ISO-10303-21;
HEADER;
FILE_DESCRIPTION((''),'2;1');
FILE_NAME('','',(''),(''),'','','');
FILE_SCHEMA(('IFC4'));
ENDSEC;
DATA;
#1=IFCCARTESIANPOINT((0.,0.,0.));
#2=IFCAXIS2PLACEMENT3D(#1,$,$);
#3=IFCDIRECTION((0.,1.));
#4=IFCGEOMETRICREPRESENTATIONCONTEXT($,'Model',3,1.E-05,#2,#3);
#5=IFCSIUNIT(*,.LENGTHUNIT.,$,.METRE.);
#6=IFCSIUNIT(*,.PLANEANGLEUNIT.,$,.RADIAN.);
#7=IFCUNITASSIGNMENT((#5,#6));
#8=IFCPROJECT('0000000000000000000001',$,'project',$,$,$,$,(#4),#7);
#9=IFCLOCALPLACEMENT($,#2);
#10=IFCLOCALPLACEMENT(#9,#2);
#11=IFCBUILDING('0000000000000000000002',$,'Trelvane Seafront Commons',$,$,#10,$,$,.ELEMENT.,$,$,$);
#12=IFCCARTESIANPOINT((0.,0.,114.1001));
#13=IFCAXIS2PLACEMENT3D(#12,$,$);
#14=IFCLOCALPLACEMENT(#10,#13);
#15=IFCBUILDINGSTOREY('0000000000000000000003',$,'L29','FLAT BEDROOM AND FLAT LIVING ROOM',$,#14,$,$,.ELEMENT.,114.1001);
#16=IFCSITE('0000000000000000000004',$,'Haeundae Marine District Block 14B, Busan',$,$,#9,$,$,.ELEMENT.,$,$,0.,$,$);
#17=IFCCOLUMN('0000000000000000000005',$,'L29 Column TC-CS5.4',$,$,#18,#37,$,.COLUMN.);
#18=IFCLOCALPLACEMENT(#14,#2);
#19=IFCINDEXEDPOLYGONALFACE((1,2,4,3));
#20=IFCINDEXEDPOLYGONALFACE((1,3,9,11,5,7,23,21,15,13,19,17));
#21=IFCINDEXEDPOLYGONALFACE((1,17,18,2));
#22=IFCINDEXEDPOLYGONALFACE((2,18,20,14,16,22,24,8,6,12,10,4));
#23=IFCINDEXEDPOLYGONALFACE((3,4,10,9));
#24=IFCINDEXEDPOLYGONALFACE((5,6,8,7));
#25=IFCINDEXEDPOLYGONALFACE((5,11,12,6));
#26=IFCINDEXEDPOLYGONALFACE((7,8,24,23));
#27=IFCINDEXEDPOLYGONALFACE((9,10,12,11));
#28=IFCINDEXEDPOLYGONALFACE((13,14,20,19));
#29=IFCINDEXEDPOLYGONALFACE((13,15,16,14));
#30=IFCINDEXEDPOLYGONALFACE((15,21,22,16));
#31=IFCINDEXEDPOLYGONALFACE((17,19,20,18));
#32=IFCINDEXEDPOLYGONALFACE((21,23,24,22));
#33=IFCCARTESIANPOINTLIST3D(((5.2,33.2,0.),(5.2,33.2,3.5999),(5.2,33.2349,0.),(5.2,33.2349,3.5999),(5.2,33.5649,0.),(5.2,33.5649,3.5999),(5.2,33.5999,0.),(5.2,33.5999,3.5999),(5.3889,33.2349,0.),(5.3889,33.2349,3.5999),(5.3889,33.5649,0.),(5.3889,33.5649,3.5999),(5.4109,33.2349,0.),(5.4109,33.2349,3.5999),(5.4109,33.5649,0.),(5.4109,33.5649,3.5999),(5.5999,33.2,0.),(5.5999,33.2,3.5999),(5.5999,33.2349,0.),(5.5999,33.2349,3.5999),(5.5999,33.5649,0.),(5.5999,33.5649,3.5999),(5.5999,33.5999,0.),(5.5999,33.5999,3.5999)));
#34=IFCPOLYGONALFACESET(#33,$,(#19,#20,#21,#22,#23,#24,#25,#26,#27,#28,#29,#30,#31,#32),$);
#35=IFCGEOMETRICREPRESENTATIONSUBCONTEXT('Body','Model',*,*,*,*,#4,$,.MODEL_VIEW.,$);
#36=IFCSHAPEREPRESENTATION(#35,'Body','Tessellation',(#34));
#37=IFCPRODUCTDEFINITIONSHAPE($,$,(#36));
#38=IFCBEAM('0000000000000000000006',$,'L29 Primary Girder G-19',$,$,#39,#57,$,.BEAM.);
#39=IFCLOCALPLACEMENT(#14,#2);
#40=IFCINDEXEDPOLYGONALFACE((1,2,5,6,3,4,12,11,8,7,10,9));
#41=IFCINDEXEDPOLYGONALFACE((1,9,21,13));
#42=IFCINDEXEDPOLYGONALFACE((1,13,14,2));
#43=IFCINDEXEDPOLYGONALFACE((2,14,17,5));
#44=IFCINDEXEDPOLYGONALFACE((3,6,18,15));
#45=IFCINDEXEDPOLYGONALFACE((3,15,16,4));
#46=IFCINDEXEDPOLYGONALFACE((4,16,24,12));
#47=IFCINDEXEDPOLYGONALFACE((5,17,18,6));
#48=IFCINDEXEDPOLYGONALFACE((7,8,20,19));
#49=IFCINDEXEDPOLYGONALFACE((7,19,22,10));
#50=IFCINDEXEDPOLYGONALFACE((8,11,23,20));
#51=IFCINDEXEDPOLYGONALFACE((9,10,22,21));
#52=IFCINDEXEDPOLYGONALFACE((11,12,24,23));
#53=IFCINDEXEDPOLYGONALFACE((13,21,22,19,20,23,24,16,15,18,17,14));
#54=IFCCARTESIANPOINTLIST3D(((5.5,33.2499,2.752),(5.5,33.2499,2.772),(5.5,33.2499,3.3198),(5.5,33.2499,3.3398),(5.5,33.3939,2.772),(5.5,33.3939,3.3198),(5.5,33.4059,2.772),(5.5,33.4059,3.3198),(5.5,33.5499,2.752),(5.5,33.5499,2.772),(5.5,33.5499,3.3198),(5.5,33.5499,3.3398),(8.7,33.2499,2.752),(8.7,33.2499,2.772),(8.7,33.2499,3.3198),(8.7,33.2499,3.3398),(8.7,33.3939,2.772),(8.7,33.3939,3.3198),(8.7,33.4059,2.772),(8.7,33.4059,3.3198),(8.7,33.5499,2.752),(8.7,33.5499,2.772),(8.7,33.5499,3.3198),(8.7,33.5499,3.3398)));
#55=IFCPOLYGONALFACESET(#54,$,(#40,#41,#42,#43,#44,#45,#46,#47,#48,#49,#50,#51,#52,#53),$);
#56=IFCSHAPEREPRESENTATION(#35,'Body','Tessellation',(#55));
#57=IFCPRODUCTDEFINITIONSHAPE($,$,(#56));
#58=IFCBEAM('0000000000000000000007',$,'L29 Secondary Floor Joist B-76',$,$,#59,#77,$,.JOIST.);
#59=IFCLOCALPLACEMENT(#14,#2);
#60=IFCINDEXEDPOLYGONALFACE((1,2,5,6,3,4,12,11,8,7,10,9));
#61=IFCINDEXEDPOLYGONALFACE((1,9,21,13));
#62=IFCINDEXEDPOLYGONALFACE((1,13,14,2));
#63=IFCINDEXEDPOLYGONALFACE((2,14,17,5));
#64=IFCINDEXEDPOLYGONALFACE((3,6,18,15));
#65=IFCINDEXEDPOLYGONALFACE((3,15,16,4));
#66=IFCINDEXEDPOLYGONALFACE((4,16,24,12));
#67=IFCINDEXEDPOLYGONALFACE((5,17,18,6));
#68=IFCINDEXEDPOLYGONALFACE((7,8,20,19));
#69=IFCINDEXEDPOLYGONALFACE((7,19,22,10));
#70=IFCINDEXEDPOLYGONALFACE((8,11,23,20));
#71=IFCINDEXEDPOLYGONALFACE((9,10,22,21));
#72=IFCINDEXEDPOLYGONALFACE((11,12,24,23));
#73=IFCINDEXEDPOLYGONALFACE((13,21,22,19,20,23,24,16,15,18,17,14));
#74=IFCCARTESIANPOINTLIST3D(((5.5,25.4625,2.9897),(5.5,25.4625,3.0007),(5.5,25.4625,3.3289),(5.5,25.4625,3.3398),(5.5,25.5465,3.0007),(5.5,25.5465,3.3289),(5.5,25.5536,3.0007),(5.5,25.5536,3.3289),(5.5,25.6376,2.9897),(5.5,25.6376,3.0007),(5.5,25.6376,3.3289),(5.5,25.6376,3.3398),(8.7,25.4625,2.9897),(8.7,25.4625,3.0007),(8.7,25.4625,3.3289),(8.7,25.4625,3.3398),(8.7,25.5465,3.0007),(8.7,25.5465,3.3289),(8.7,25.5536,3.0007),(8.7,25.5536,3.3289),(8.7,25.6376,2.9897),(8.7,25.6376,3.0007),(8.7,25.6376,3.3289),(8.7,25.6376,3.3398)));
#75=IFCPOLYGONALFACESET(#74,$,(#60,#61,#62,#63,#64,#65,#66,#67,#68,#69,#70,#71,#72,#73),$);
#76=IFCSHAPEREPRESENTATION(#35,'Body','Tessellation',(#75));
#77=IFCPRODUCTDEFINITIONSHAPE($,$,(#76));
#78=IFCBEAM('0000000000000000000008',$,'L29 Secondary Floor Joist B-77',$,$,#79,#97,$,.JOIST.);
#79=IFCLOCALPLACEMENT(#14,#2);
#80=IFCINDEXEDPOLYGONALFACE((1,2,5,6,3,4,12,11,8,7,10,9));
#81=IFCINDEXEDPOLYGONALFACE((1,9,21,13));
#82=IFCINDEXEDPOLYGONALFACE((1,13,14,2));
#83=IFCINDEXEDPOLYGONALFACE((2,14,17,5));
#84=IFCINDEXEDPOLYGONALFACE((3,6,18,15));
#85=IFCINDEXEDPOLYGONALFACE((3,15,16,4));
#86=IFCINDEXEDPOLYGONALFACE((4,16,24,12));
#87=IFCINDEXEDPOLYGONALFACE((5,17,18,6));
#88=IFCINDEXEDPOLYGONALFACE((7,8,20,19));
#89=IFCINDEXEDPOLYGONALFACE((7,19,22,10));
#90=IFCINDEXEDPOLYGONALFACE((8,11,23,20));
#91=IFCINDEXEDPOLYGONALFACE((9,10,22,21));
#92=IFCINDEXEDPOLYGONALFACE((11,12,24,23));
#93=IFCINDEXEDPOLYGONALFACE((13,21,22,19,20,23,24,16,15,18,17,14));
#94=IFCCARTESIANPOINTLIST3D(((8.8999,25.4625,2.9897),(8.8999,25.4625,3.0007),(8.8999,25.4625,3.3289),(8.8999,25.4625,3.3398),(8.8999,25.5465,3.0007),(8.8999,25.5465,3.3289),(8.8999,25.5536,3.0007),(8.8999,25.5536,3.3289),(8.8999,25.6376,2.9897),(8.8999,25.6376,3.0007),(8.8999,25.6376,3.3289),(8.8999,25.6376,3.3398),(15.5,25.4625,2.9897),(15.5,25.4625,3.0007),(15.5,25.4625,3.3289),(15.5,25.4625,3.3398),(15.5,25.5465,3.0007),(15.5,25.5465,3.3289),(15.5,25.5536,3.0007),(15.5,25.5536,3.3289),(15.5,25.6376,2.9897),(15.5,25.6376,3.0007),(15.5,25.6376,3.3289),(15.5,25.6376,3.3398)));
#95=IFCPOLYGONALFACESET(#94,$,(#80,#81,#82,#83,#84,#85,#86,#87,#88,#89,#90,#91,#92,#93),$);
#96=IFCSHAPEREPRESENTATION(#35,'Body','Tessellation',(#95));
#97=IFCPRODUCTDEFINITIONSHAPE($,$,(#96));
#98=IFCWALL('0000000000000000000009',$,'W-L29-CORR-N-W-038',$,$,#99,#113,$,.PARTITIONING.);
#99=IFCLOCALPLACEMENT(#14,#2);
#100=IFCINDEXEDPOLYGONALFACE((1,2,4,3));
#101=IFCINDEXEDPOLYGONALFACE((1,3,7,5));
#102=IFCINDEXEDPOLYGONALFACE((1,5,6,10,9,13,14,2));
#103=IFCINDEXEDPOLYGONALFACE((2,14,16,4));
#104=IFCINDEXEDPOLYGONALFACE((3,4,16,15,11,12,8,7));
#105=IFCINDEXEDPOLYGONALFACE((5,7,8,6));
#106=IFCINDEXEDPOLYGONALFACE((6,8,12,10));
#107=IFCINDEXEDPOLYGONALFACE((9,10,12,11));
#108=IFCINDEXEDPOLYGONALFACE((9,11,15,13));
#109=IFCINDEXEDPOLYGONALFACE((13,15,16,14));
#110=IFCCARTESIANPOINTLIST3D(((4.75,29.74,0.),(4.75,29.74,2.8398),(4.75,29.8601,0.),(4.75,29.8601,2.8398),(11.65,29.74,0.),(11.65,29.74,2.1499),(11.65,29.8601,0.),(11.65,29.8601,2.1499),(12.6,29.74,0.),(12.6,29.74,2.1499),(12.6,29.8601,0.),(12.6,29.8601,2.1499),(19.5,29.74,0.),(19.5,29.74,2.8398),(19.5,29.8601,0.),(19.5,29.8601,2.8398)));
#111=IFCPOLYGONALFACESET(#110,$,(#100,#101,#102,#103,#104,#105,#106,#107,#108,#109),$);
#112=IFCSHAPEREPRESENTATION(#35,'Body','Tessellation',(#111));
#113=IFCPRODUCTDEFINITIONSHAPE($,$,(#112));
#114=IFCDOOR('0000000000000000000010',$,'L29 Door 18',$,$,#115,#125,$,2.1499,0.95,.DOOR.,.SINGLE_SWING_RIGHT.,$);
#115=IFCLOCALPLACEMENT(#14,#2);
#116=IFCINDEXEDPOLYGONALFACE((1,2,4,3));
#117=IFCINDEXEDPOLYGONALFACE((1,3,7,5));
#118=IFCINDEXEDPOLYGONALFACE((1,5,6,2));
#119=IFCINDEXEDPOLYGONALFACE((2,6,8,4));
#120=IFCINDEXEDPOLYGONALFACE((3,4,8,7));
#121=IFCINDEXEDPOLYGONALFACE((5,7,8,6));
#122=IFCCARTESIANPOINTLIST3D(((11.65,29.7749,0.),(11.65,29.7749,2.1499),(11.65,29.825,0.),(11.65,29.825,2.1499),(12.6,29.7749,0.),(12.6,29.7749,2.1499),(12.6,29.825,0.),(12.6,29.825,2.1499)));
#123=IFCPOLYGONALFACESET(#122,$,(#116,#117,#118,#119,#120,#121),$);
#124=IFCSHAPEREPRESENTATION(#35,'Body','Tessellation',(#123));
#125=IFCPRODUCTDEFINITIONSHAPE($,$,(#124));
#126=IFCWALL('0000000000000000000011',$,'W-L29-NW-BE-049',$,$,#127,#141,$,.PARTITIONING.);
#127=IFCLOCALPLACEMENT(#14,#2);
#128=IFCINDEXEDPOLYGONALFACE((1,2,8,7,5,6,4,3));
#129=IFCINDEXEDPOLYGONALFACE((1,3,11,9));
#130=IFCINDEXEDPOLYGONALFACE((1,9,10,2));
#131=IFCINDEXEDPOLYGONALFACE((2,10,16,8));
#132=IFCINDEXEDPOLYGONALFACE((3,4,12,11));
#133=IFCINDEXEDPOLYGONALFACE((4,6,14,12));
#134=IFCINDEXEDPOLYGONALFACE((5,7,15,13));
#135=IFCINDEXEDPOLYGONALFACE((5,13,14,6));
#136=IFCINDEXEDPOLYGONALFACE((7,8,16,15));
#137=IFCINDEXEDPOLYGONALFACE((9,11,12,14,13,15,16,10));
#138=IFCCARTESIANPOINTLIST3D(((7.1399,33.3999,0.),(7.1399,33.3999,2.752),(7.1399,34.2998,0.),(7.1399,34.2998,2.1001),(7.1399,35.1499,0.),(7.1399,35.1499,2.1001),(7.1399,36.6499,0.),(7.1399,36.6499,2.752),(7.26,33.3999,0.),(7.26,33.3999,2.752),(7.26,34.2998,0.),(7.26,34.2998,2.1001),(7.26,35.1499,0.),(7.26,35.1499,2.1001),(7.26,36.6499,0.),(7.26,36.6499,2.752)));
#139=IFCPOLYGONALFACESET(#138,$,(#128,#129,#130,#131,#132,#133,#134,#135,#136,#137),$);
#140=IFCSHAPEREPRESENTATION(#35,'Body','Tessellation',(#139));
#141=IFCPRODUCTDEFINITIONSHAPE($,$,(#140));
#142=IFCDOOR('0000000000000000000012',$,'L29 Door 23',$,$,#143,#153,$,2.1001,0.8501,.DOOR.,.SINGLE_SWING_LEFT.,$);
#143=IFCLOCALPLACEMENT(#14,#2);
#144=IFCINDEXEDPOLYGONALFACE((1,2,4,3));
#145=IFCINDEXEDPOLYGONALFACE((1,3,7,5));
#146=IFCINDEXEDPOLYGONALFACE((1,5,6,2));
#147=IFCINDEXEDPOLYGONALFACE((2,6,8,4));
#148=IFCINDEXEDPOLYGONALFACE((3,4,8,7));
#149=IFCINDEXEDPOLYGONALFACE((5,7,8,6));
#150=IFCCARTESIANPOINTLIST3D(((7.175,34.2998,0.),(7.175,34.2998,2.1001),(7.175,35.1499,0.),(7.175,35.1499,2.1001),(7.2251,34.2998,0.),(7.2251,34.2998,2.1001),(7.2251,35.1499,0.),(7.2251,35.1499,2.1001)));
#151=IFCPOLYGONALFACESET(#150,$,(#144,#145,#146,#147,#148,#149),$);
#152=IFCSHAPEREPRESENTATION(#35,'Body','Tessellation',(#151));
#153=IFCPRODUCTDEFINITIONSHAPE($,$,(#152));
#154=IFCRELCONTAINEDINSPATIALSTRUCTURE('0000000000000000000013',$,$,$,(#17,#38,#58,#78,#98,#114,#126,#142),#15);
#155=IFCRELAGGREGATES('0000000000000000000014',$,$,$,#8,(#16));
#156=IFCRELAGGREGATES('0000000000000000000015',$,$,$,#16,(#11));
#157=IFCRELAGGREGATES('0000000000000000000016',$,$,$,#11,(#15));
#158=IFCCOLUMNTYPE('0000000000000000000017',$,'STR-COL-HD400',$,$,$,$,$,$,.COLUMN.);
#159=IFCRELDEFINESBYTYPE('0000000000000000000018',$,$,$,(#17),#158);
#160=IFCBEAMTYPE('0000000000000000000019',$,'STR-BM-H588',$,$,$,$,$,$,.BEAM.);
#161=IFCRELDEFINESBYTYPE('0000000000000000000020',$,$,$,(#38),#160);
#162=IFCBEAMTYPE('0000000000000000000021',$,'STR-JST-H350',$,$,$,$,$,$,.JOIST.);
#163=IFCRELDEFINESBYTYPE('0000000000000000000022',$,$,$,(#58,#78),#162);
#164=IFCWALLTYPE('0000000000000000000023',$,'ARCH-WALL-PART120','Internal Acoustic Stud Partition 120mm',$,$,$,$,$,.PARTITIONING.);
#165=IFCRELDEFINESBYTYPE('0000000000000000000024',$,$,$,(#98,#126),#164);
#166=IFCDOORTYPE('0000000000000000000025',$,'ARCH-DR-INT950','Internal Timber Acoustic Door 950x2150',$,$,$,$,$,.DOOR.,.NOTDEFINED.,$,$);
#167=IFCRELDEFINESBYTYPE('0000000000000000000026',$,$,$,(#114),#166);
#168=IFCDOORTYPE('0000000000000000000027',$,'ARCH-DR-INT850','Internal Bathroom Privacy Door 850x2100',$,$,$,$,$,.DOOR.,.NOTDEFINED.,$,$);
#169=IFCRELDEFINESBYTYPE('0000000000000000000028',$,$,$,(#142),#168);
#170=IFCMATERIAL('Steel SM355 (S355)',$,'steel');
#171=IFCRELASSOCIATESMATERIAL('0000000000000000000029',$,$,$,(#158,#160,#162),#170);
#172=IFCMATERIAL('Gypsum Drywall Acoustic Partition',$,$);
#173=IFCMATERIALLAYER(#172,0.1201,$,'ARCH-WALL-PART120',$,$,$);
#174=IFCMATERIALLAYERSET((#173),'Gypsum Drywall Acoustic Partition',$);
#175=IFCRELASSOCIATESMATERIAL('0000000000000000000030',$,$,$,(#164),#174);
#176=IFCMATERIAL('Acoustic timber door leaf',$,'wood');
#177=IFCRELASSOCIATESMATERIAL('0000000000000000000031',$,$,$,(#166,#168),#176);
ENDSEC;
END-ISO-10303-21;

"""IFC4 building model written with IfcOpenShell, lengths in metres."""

from ifc_helpers import new_model, si_unit, direction, frame, frame_2d, origin, origin_2d, place, context, subcontext, project, spatial, rectangle, i_section, extrude, source, transform, mapped, material, layer, layer_set, material_profile, profile_set, type_object, element, fill, save


model = new_model("IFC4")

# Units and contexts
model_context = context("Model", 3, precision=1e-05, world=origin(), true_north=direction((0.0, 1.0)))
body_context = subcontext(model_context, "Body", "Model", "MODEL_VIEW")
ifc_project = project(units=[si_unit("LENGTHUNIT", "METRE"), si_unit("PLANEANGLEUNIT", "RADIAN")], contexts=[model_context])

# Site, building, storey
site_placement = place(None, origin())
site = spatial("IfcSite", under=ifc_project, at=site_placement, Name="Haeundae Marine District Block 14B, Busan", CompositionType="ELEMENT", RefElevation=0.0)
building_placement = place(site_placement, origin())
building = spatial("IfcBuilding", under=site, at=building_placement, Name="Trelvane Seafront Commons", CompositionType="ELEMENT")
storey_placement = place(building_placement, frame((0.0, 0.0, 114.1001)))
storey = spatial("IfcBuildingStorey", under=building, at=storey_placement, Name="L29", Description="FLAT BEDROOM AND FLAT LIVING ROOM", CompositionType="ELEMENT", Elevation=114.1001)

# Column
ifc_material_1 = material(Name="Steel SM355 (S355)", Category="steel")
ifc_material_profile_1 = material_profile(ifc_material_1, i_section(OverallWidth=0.3999, OverallDepth=0.3999, WebThickness=0.022, FlangeThickness=0.0349, at=origin_2d()), Name="HD-400x400x22x35")
ifc_profile_set_1 = profile_set([ifc_material_profile_1], Name="Steel SM355 (S355)")
column_type = type_object("IfcColumnType", Name="STR-COL-HD400", PredefinedType="COLUMN", material=ifc_profile_set_1)
shared_shape_1 = source(origin(), body_context, "Body", "SweptSolid", [
    extrude(i_section(OverallWidth=0.3999, OverallDepth=0.3999, WebThickness=0.022, FlangeThickness=0.0349, at=origin_2d()), origin(), (0.0, 0.0, 1.0), 3.5999),
])
column_placement = place(storey_placement, frame((5.3999, 33.3999, 0.0), z_axis=(0.0, 0.0, 1.0), x_axis=(1.0, 0.0, 0.0)))
element("IfcColumn", 1, at=column_placement, inside=storey, type_object=column_type, Name="L29 Column TC-CS5.4", PredefinedType="COLUMN", context=body_context, shape_type="MappedRepresentation", body=[
    mapped(shared_shape_1, transform((0.0, 0.0, 0.0), x_axis=(1.0, 0.0, 0.0), y_axis=(0.0, 1.0, 0.0), z_axis=(0.0, 0.0, 1.0), scale=1.0)),
])

# Beams
ifc_material_profile_2 = material_profile(ifc_material_1, i_section(OverallWidth=0.3, OverallDepth=0.5879, WebThickness=0.012, FlangeThickness=0.02, at=origin_2d()), Name="H-588x300x12x20")
ifc_profile_set_2 = profile_set([ifc_material_profile_2], Name="Steel SM355 (S355)")
beam_type_1 = type_object("IfcBeamType", Name="STR-BM-H588", PredefinedType="BEAM", material=ifc_profile_set_2)
shared_shape_2 = source(origin(), body_context, "Body", "SweptSolid", [
    extrude(i_section(OverallWidth=0.3, OverallDepth=0.5879, WebThickness=0.012, FlangeThickness=0.02, at=origin_2d()), origin(), (0.0, 0.0, 1.0), 3.2),
])
beam_1_placement = place(storey_placement, frame((5.5, 33.3999, 3.0459), z_axis=(1.0, 0.0, 0.0), x_axis=(0.0, 1.0, 0.0)))
element("IfcBeam", 2, at=beam_1_placement, inside=storey, type_object=beam_type_1, Name="L29 Primary Girder G-19", PredefinedType="BEAM", context=body_context, shape_type="MappedRepresentation", body=[
    mapped(shared_shape_2, transform((0.0, 0.0, 0.0), x_axis=(1.0, 0.0, 0.0), y_axis=(0.0, 1.0, 0.0), z_axis=(0.0, 0.0, 1.0), scale=1.0)),
])
ifc_material_profile_3 = material_profile(ifc_material_1, i_section(OverallWidth=0.175, OverallDepth=0.3501, WebThickness=0.0071, FlangeThickness=0.011, at=origin_2d()), Name="H-350x175x7x11")
ifc_profile_set_3 = profile_set([ifc_material_profile_3], Name="Steel SM355 (S355)")
beam_type_2 = type_object("IfcBeamType", Name="STR-JST-H350", PredefinedType="JOIST", material=ifc_profile_set_3)
shared_shape_3 = source(origin(), body_context, "Body", "SweptSolid", [
    extrude(i_section(OverallWidth=0.175, OverallDepth=0.3501, WebThickness=0.0071, FlangeThickness=0.011, at=origin_2d()), origin(), (0.0, 0.0, 1.0), 3.2),
])
beam_2_placement = place(storey_placement, frame((5.5, 25.55, 3.1648), z_axis=(1.0, 0.0, 0.0), x_axis=(0.0, 1.0, 0.0)))
element("IfcBeam", 3, at=beam_2_placement, inside=storey, type_object=beam_type_2, Name="L29 Secondary Floor Joist B-76", PredefinedType="JOIST", context=body_context, shape_type="MappedRepresentation", body=[
    mapped(shared_shape_3, transform((0.0, 0.0, 0.0), x_axis=(1.0, 0.0, 0.0), y_axis=(0.0, 1.0, 0.0), z_axis=(0.0, 0.0, 1.0), scale=1.0)),
])
shared_shape_4 = source(origin(), body_context, "Body", "SweptSolid", [
    extrude(i_section(OverallWidth=0.175, OverallDepth=0.3501, WebThickness=0.0071, FlangeThickness=0.011, at=origin_2d()), origin(), (0.0, 0.0, 1.0), 6.6001),
])
beam_3_placement = place(storey_placement, frame((8.8999, 25.55, 3.1648), z_axis=(1.0, 0.0, 0.0), x_axis=(0.0, 1.0, 0.0)))
element("IfcBeam", 4, at=beam_3_placement, inside=storey, type_object=beam_type_2, Name="L29 Secondary Floor Joist B-77", PredefinedType="JOIST", context=body_context, shape_type="MappedRepresentation", body=[
    mapped(shared_shape_4, transform((0.0, 0.0, 0.0), x_axis=(1.0, 0.0, 0.0), y_axis=(0.0, 1.0, 0.0), z_axis=(0.0, 0.0, 1.0), scale=1.0)),
])

# Walls, openings, doors
ifc_material_2 = material(Name="Gypsum Drywall Acoustic Partition")
ifc_layer_1 = layer(ifc_material_2, 0.1201, Name="ARCH-WALL-PART120")
ifc_layer_set_1 = layer_set([ifc_layer_1], Name="Gypsum Drywall Acoustic Partition")
wall_type_1 = type_object("IfcWallType", Name="ARCH-WALL-PART120", Description="Internal Acoustic Stud Partition 120mm", PredefinedType="PARTITIONING", material=ifc_layer_set_1)
wall_1_placement = place(storey_placement, frame((4.75, 29.8, 0.0), z_axis=(0.0, 0.0, 1.0), x_axis=(1.0, 0.0, 0.0)))
wall_1 = element("IfcWall", 5, at=wall_1_placement, inside=storey, type_object=wall_type_1, Name="W-L29-CORR-N-W-038", PredefinedType="PARTITIONING", context=body_context, shape_type="SweptSolid", body=[
    extrude(rectangle(XDim=14.75, YDim=0.1201, at=frame_2d((7.375, 0.0))), origin(), (0.0, 0.0, 1.0), 2.8398),
])
opening_1_placement = place(wall_1_placement, frame((6.8999, 0.0, 0.0)))
opening_1 = element("IfcOpeningElement", 6, at=opening_1_placement, cuts=wall_1, PredefinedType="OPENING", context=body_context, shape_type="SweptSolid", body=[
    extrude(rectangle(XDim=0.95, YDim=2.1499, at=frame_2d((0.4751, 1.075))), frame((0.0, 0.0701, 0.0), z_axis=(0.0, -1.0, 0.0), x_axis=(1.0, 0.0, 0.0)), (0.0, 0.0, 1.0), 0.1401),
])
ifc_material_3 = material(Name="Acoustic timber door leaf", Category="wood")
door_type_1 = type_object("IfcDoorType", Name="ARCH-DR-INT950", Description="Internal Timber Acoustic Door 950x2150", OperationType="NOTDEFINED", PredefinedType="DOOR", material=ifc_material_3)
shared_shape_5 = source(origin(), body_context, "Body", "SweptSolid", [
    extrude(rectangle(XDim=0.95, YDim=2.1499, at=frame_2d((0.4751, 1.075))), frame((0.0, 0.0249, 0.0), z_axis=(0.0, -1.0, 0.0), x_axis=(1.0, 0.0, 0.0)), (0.0, 0.0, 1.0), 0.05),
])
door_1_placement = place(opening_1_placement, origin())
door_1 = element("IfcDoor", 7, at=door_1_placement, inside=storey, type_object=door_type_1, Name="L29 Door 18", OperationType="SINGLE_SWING_RIGHT", OverallHeight=2.1499, OverallWidth=0.95, PredefinedType="DOOR", context=body_context, shape_type="MappedRepresentation", body=[
    mapped(shared_shape_5, transform((0.0, 0.0, 0.0), x_axis=(1.0, 0.0, 0.0), y_axis=(0.0, 1.0, 0.0), z_axis=(0.0, 0.0, 1.0), scale=1.0)),
])
fill(opening_1, door_1)
wall_2_placement = place(storey_placement, frame((7.2, 33.3999, 0.0), z_axis=(0.0, 0.0, 1.0), x_axis=(0.0, 1.0, 0.0)))
wall_2 = element("IfcWall", 8, at=wall_2_placement, inside=storey, type_object=wall_type_1, Name="W-L29-NW-BE-049", PredefinedType="PARTITIONING", context=body_context, shape_type="SweptSolid", body=[
    extrude(rectangle(XDim=3.25, YDim=0.1201, at=frame_2d((1.625, 0.0))), origin(), (0.0, 0.0, 1.0), 2.752),
])
opening_2_placement = place(wall_2_placement, frame((0.8999, 0.0, 0.0)))
opening_2 = element("IfcOpeningElement", 9, at=opening_2_placement, cuts=wall_2, PredefinedType="OPENING", context=body_context, shape_type="SweptSolid", body=[
    extrude(rectangle(XDim=0.8501, YDim=2.1001, at=frame_2d((0.425, 1.05))), frame((0.0, 0.0701, 0.0), z_axis=(0.0, -1.0, 0.0), x_axis=(1.0, 0.0, 0.0)), (0.0, 0.0, 1.0), 0.1401),
])
door_type_2 = type_object("IfcDoorType", Name="ARCH-DR-INT850", Description="Internal Bathroom Privacy Door 850x2100", OperationType="NOTDEFINED", PredefinedType="DOOR", material=ifc_material_3)
shared_shape_6 = source(origin(), body_context, "Body", "SweptSolid", [
    extrude(rectangle(XDim=0.8501, YDim=2.1001, at=frame_2d((0.425, 1.05))), frame((0.0, 0.0249, 0.0), z_axis=(0.0, -1.0, 0.0), x_axis=(1.0, 0.0, 0.0)), (0.0, 0.0, 1.0), 0.05),
])
door_2_placement = place(opening_2_placement, origin())
door_2 = element("IfcDoor", 10, at=door_2_placement, inside=storey, type_object=door_type_2, Name="L29 Door 23", OperationType="SINGLE_SWING_LEFT", OverallHeight=2.1001, OverallWidth=0.8501, PredefinedType="DOOR", context=body_context, shape_type="MappedRepresentation", body=[
    mapped(shared_shape_6, transform((0.0, 0.0, 0.0), x_axis=(1.0, 0.0, 0.0), y_axis=(0.0, 1.0, 0.0), z_axis=(0.0, 0.0, 1.0), scale=1.0)),
])
fill(opening_2, door_2)

save(model, "model.ifc")
